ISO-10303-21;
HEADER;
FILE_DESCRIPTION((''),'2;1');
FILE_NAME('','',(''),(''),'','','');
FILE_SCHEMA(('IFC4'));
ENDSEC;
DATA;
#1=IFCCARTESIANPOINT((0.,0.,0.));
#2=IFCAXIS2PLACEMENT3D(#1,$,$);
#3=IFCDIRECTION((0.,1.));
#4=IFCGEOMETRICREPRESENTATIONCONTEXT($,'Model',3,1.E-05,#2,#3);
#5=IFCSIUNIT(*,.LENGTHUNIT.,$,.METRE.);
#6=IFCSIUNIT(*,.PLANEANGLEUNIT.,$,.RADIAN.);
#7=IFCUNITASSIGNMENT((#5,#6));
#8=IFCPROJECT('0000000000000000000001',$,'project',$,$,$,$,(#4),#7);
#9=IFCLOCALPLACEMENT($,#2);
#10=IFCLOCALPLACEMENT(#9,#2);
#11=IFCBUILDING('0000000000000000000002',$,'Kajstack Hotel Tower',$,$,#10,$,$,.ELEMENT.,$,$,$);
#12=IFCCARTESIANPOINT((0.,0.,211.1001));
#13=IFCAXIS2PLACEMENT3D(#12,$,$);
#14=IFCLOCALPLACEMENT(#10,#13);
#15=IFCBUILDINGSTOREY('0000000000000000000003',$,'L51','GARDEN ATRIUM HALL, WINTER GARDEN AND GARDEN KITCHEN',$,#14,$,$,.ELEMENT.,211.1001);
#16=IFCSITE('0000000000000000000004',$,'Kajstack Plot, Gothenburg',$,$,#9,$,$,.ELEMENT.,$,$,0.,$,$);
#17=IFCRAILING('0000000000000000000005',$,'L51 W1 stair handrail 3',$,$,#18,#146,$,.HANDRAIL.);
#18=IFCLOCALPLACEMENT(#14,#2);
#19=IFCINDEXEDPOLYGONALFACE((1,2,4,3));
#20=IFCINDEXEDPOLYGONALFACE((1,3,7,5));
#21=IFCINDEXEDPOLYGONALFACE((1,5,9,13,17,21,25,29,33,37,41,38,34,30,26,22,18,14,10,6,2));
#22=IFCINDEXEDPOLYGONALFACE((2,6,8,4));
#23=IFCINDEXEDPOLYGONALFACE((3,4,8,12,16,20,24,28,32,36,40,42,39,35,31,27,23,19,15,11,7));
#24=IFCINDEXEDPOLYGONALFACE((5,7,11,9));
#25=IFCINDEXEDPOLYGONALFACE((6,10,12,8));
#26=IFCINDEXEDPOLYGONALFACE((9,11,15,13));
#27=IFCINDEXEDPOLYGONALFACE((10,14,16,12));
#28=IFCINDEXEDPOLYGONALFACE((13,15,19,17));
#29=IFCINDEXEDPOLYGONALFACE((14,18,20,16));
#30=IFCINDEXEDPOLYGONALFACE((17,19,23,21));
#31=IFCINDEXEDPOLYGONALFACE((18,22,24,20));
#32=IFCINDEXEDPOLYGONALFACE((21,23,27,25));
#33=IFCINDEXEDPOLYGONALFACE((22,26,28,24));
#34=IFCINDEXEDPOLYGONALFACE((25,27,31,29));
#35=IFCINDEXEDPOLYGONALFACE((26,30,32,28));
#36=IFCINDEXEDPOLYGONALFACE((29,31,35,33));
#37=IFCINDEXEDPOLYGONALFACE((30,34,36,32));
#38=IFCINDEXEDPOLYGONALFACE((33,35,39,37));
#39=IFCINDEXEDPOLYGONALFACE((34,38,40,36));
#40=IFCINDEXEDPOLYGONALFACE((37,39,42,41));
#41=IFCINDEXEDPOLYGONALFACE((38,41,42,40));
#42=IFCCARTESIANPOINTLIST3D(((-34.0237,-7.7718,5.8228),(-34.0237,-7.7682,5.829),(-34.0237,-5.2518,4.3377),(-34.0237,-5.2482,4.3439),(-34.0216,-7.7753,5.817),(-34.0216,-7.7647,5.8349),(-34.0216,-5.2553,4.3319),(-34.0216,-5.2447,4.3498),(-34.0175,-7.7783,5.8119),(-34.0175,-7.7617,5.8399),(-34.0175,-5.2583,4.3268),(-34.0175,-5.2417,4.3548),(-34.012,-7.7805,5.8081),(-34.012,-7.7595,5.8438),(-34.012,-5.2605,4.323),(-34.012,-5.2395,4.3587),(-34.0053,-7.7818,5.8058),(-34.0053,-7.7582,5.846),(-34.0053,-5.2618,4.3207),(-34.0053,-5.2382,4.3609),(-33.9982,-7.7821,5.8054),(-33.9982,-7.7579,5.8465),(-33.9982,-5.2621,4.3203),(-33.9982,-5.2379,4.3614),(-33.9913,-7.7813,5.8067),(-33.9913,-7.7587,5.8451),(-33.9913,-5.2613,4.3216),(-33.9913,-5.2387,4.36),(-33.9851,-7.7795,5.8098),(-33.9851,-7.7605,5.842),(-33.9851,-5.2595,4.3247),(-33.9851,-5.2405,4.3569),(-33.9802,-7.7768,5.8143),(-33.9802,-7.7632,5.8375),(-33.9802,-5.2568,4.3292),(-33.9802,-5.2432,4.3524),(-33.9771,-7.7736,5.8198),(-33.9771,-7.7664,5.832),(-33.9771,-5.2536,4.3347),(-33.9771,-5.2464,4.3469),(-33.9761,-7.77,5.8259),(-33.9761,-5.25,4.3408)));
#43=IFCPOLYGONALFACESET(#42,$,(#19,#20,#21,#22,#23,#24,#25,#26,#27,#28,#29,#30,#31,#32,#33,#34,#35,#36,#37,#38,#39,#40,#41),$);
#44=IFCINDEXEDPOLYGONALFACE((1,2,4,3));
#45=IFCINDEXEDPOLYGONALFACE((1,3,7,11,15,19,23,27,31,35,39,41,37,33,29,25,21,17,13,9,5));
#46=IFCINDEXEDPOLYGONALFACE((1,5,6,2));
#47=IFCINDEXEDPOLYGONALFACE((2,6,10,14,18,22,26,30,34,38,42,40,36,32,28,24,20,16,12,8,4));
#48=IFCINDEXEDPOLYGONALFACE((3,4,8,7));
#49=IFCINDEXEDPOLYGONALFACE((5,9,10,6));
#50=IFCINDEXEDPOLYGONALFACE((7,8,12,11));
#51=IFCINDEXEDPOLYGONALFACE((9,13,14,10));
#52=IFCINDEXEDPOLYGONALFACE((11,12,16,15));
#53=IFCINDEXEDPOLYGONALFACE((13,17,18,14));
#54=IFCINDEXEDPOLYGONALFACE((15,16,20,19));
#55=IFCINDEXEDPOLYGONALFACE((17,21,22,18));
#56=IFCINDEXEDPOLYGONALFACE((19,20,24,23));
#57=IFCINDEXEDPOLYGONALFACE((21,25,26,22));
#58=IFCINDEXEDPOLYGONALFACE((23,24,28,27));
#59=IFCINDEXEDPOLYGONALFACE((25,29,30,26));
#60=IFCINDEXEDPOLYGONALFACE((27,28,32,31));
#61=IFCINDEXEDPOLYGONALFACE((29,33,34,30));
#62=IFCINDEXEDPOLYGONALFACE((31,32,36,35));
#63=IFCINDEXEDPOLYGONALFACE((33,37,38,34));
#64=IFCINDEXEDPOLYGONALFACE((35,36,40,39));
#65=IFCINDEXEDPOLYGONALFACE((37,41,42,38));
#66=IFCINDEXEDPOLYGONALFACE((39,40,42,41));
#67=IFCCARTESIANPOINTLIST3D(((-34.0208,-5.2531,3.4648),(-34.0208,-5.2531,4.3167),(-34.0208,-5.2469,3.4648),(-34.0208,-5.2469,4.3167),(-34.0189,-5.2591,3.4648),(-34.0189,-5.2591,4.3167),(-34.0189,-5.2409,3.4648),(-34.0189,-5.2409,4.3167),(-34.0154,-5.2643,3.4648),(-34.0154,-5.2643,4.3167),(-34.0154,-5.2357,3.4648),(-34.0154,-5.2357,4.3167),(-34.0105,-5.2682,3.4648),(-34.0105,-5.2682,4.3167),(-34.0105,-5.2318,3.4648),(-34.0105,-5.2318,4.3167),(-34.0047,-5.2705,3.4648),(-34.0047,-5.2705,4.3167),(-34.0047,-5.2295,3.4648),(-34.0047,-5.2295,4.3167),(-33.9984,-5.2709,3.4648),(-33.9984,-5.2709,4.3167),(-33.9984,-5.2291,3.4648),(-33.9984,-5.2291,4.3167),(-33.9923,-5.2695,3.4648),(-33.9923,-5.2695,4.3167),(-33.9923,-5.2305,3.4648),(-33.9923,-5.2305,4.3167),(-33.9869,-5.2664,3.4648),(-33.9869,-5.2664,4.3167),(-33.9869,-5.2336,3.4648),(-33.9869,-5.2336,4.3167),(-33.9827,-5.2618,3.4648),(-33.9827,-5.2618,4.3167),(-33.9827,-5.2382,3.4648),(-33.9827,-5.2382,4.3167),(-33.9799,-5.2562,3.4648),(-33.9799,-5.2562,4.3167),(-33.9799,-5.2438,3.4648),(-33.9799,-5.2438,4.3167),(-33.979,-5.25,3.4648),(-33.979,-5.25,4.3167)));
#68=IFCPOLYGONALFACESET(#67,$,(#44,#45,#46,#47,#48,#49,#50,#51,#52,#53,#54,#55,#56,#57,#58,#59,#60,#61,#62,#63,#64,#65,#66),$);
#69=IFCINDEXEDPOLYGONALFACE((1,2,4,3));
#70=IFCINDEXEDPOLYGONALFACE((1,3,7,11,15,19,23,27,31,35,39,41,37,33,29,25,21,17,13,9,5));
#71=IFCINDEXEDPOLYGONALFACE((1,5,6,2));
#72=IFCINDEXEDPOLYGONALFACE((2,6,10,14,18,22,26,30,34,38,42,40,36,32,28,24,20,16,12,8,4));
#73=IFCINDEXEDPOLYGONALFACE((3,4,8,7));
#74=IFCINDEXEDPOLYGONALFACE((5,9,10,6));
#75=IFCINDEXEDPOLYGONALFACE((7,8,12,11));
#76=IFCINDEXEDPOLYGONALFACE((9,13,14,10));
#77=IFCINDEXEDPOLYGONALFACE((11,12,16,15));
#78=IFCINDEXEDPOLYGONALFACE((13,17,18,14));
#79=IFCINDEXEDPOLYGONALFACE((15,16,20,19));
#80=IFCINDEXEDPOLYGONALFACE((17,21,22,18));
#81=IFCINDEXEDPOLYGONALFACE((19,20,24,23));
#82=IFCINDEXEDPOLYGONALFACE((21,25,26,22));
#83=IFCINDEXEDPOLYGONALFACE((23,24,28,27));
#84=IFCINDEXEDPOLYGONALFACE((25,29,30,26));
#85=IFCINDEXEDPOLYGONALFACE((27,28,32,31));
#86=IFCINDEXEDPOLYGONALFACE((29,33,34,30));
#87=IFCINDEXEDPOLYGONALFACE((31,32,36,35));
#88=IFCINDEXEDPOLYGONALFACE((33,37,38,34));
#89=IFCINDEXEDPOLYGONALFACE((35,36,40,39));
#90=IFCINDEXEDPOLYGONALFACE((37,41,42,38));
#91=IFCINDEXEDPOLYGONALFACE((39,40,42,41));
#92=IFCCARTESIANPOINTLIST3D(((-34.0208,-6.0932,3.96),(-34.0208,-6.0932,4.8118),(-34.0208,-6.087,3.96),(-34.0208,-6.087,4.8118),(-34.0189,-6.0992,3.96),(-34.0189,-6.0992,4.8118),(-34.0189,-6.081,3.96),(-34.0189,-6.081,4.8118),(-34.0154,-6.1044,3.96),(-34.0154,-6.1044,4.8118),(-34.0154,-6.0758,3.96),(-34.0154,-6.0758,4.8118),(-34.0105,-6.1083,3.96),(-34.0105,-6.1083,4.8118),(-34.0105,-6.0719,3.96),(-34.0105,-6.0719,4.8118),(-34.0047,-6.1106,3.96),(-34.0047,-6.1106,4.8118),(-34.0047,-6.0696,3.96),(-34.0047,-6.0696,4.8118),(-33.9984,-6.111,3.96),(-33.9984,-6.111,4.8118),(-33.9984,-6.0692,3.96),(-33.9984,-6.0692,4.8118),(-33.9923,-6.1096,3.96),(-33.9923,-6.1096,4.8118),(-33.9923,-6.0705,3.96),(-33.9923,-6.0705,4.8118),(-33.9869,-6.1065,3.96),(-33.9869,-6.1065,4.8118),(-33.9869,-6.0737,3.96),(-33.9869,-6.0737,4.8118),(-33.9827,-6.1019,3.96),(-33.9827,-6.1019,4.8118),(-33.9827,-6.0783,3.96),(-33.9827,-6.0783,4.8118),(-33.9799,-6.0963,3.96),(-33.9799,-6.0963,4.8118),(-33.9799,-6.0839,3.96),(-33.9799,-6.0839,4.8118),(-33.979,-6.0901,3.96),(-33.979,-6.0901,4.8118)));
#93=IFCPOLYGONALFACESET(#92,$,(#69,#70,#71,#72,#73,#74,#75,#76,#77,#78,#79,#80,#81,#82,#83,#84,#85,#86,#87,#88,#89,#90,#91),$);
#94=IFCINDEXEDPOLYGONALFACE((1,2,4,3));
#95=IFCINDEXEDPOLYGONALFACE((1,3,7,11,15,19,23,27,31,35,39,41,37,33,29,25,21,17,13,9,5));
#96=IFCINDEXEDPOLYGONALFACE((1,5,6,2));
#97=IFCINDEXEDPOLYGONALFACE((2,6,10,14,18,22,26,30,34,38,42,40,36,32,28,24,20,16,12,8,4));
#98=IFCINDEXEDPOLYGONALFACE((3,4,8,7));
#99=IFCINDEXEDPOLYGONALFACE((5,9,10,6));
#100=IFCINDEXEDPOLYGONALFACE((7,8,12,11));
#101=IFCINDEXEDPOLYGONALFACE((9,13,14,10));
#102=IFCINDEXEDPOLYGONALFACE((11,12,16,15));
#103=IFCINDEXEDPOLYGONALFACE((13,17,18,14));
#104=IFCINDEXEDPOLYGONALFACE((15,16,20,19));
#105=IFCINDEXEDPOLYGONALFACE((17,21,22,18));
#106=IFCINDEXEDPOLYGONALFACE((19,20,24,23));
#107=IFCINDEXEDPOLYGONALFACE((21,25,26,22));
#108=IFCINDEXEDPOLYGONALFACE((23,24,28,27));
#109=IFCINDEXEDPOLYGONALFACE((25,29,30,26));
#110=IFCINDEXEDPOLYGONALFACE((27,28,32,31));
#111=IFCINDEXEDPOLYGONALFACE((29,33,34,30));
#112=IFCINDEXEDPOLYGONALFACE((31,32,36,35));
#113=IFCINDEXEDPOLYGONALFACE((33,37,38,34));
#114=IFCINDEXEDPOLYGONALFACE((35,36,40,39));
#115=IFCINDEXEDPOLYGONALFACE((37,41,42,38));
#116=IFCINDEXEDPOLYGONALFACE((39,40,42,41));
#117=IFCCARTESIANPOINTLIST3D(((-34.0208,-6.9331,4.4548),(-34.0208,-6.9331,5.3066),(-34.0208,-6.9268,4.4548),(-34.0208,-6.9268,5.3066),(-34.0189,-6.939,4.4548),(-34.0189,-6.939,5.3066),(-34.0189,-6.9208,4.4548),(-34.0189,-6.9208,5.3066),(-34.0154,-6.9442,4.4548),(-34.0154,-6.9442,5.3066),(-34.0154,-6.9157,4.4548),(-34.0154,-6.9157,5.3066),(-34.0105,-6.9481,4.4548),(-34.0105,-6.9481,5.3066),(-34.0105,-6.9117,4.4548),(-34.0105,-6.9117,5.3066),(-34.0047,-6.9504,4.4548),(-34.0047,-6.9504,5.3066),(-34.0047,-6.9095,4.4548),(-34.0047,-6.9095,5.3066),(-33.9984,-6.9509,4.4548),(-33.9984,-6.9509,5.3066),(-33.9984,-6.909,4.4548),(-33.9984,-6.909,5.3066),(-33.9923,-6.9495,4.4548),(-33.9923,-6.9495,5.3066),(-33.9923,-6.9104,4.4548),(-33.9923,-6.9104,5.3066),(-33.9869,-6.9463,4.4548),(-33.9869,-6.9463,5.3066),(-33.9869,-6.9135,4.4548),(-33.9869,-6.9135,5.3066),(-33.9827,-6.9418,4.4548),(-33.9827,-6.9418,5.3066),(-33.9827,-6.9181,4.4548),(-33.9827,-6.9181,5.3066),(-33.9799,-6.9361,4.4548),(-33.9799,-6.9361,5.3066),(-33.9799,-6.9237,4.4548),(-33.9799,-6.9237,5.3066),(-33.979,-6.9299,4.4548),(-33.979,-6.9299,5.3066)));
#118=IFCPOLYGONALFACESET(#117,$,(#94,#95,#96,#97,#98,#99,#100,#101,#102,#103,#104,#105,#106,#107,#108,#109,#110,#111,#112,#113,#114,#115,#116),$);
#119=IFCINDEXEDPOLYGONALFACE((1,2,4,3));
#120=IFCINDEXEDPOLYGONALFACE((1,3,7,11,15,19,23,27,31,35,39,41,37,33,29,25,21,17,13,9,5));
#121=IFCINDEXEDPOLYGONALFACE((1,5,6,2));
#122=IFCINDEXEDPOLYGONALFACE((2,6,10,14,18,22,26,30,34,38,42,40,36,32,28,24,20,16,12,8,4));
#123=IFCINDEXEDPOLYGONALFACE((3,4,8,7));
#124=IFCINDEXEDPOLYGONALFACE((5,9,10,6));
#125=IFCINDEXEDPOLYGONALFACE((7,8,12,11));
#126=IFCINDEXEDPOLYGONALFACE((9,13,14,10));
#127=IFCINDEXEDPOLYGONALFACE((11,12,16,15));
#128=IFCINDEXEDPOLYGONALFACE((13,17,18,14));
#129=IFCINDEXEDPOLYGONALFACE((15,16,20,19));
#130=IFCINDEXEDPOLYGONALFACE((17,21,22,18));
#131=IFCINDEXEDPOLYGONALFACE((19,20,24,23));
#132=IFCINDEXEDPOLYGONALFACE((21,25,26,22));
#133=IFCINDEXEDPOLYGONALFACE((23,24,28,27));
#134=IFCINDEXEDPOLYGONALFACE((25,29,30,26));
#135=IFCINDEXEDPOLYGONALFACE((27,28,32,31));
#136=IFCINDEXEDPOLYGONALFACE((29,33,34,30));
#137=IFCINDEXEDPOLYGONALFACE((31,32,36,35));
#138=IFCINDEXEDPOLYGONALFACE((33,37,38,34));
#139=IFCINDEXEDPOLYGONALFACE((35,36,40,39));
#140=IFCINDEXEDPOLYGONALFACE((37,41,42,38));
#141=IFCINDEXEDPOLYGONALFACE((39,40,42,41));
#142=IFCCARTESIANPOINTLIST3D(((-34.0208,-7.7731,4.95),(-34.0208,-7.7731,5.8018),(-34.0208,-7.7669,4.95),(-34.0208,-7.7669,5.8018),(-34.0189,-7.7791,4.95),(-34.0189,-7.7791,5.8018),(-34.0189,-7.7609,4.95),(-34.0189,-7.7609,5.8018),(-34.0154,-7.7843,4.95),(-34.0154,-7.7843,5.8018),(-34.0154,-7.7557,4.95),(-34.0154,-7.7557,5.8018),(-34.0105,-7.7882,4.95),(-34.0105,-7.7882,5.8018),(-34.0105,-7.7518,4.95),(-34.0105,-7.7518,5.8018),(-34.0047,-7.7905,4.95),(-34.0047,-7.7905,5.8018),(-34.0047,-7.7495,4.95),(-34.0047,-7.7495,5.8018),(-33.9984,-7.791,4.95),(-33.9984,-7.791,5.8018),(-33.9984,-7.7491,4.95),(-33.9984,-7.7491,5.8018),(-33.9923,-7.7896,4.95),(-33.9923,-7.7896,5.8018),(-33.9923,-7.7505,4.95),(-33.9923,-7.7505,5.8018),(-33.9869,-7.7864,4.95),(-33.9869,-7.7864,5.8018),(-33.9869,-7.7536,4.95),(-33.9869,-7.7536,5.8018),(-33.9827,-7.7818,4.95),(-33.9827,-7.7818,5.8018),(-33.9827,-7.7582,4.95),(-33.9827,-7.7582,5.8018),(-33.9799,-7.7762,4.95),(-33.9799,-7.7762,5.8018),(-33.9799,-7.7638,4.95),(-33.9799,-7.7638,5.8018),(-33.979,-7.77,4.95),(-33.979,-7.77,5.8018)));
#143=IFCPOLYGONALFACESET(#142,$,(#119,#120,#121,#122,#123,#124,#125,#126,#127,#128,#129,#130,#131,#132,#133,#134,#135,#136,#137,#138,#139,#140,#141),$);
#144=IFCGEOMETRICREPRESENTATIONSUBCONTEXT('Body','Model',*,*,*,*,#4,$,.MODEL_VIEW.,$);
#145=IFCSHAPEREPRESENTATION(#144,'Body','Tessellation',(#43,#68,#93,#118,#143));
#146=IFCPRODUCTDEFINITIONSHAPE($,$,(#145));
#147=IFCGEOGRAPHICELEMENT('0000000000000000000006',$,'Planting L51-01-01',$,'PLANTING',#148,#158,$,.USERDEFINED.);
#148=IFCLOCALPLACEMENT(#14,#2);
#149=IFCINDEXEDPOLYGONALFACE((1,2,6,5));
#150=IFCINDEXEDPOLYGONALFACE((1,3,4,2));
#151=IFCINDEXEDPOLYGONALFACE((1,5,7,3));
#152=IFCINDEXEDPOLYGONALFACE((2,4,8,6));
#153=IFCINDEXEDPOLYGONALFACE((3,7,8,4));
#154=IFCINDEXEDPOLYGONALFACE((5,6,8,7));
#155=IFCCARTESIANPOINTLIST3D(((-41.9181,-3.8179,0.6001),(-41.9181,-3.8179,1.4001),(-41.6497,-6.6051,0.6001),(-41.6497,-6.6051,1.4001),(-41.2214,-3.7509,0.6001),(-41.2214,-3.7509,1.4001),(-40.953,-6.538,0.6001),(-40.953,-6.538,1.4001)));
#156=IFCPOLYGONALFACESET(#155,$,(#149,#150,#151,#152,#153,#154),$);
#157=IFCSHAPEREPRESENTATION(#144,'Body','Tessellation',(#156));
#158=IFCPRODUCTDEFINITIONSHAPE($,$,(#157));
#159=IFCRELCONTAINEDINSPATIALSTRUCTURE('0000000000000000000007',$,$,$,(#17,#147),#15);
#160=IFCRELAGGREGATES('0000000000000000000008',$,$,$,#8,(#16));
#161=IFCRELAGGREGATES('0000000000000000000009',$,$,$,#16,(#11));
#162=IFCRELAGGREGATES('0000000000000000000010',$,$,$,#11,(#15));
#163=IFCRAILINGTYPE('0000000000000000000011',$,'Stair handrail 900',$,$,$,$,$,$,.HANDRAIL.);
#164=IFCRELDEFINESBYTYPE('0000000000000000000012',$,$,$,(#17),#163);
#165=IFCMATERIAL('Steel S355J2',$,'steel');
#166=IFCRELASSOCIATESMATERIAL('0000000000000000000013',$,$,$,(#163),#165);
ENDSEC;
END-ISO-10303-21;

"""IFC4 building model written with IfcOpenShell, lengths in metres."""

from ifc_helpers import new_model, si_unit, direction, frame, origin, origin_2d, place, context, subcontext, project, spatial, rectangle, circle, extrude, material, type_object, element, save


model = new_model("IFC4")

# Units and contexts
model_context = context("Model", 3, precision=1e-05, world=origin(), true_north=direction((0.0, 1.0)))
body_context = subcontext(model_context, "Body", "Model", "MODEL_VIEW")
ifc_project = project(units=[si_unit("LENGTHUNIT", "METRE"), si_unit("PLANEANGLEUNIT", "RADIAN")], contexts=[model_context])

# Site, building, storey
site_placement = place(None, origin())
site = spatial("IfcSite", under=ifc_project, at=site_placement, Name="Kajstack Plot, Gothenburg", CompositionType="ELEMENT", RefElevation=0.0)
building_placement = place(site_placement, origin())
building = spatial("IfcBuilding", under=site, at=building_placement, Name="Kajstack Hotel Tower", CompositionType="ELEMENT")
storey_placement = place(building_placement, frame((0.0, 0.0, 211.1001)))
storey = spatial("IfcBuildingStorey", under=building, at=storey_placement, Name="L51", Description="GARDEN ATRIUM HALL, WINTER GARDEN AND GARDEN KITCHEN", CompositionType="ELEMENT", Elevation=211.1001)

# Railing
ifc_material_1 = material(Name="Steel S355J2", Category="steel")
railing_type_1 = type_object("IfcRailingType", Name="Stair handrail 900", PredefinedType="HANDRAIL", material=ifc_material_1)
for number, where, name in (
    (1, (-34.0, -5.25, 3.4648), "L51 W1 stair handrail 3"),
):
    element("IfcRailing", number, at=place(storey_placement, frame(where)), inside=storey, type_object=railing_type_1, Name=name, PredefinedType="HANDRAIL", context=body_context, shape_type="SweptSolid", body=[
        extrude(circle(Radius=0.0239, at=origin_2d()), frame((0.0, 0.0, 0.876), z_axis=(0.0, -0.861524, 0.507717), x_axis=(1.0, 0.0, 0.0)), (0.0, 0.0, 1.0), 2.925),
        extrude(circle(Radius=0.021, at=origin_2d()), origin(), (0.0, 0.0, 1.0), 0.8518),
        extrude(circle(Radius=0.021, at=origin_2d()), frame((0.0, -0.8401, 0.4951)), (0.0, 0.0, 1.0), 0.8518),
        extrude(circle(Radius=0.021, at=origin_2d()), frame((0.0, -1.6799, 0.99)), (0.0, 0.0, 1.0), 0.8518),
        extrude(circle(Radius=0.021, at=origin_2d()), frame((0.0, -2.52, 1.4851)), (0.0, 0.0, 1.0), 0.8518),
    ])

# Geographic element
geographic_element_placement = place(storey_placement, frame((-41.4355, -5.178, 0.6001), z_axis=(0.0, 0.0, 1.0), x_axis=(-0.095844, 0.995396, 0.0)))
element("IfcGeographicElement", 2, at=geographic_element_placement, inside=storey, Name="Planting L51-01-01", ObjectType="PLANTING", PredefinedType="USERDEFINED", context=body_context, shape_type="SweptSolid", body=[
    extrude(rectangle(XDim=2.8, YDim=0.7, at=origin_2d()), origin(), (0.0, 0.0, 1.0), 0.8),
])

save(model, "model.ifc")
